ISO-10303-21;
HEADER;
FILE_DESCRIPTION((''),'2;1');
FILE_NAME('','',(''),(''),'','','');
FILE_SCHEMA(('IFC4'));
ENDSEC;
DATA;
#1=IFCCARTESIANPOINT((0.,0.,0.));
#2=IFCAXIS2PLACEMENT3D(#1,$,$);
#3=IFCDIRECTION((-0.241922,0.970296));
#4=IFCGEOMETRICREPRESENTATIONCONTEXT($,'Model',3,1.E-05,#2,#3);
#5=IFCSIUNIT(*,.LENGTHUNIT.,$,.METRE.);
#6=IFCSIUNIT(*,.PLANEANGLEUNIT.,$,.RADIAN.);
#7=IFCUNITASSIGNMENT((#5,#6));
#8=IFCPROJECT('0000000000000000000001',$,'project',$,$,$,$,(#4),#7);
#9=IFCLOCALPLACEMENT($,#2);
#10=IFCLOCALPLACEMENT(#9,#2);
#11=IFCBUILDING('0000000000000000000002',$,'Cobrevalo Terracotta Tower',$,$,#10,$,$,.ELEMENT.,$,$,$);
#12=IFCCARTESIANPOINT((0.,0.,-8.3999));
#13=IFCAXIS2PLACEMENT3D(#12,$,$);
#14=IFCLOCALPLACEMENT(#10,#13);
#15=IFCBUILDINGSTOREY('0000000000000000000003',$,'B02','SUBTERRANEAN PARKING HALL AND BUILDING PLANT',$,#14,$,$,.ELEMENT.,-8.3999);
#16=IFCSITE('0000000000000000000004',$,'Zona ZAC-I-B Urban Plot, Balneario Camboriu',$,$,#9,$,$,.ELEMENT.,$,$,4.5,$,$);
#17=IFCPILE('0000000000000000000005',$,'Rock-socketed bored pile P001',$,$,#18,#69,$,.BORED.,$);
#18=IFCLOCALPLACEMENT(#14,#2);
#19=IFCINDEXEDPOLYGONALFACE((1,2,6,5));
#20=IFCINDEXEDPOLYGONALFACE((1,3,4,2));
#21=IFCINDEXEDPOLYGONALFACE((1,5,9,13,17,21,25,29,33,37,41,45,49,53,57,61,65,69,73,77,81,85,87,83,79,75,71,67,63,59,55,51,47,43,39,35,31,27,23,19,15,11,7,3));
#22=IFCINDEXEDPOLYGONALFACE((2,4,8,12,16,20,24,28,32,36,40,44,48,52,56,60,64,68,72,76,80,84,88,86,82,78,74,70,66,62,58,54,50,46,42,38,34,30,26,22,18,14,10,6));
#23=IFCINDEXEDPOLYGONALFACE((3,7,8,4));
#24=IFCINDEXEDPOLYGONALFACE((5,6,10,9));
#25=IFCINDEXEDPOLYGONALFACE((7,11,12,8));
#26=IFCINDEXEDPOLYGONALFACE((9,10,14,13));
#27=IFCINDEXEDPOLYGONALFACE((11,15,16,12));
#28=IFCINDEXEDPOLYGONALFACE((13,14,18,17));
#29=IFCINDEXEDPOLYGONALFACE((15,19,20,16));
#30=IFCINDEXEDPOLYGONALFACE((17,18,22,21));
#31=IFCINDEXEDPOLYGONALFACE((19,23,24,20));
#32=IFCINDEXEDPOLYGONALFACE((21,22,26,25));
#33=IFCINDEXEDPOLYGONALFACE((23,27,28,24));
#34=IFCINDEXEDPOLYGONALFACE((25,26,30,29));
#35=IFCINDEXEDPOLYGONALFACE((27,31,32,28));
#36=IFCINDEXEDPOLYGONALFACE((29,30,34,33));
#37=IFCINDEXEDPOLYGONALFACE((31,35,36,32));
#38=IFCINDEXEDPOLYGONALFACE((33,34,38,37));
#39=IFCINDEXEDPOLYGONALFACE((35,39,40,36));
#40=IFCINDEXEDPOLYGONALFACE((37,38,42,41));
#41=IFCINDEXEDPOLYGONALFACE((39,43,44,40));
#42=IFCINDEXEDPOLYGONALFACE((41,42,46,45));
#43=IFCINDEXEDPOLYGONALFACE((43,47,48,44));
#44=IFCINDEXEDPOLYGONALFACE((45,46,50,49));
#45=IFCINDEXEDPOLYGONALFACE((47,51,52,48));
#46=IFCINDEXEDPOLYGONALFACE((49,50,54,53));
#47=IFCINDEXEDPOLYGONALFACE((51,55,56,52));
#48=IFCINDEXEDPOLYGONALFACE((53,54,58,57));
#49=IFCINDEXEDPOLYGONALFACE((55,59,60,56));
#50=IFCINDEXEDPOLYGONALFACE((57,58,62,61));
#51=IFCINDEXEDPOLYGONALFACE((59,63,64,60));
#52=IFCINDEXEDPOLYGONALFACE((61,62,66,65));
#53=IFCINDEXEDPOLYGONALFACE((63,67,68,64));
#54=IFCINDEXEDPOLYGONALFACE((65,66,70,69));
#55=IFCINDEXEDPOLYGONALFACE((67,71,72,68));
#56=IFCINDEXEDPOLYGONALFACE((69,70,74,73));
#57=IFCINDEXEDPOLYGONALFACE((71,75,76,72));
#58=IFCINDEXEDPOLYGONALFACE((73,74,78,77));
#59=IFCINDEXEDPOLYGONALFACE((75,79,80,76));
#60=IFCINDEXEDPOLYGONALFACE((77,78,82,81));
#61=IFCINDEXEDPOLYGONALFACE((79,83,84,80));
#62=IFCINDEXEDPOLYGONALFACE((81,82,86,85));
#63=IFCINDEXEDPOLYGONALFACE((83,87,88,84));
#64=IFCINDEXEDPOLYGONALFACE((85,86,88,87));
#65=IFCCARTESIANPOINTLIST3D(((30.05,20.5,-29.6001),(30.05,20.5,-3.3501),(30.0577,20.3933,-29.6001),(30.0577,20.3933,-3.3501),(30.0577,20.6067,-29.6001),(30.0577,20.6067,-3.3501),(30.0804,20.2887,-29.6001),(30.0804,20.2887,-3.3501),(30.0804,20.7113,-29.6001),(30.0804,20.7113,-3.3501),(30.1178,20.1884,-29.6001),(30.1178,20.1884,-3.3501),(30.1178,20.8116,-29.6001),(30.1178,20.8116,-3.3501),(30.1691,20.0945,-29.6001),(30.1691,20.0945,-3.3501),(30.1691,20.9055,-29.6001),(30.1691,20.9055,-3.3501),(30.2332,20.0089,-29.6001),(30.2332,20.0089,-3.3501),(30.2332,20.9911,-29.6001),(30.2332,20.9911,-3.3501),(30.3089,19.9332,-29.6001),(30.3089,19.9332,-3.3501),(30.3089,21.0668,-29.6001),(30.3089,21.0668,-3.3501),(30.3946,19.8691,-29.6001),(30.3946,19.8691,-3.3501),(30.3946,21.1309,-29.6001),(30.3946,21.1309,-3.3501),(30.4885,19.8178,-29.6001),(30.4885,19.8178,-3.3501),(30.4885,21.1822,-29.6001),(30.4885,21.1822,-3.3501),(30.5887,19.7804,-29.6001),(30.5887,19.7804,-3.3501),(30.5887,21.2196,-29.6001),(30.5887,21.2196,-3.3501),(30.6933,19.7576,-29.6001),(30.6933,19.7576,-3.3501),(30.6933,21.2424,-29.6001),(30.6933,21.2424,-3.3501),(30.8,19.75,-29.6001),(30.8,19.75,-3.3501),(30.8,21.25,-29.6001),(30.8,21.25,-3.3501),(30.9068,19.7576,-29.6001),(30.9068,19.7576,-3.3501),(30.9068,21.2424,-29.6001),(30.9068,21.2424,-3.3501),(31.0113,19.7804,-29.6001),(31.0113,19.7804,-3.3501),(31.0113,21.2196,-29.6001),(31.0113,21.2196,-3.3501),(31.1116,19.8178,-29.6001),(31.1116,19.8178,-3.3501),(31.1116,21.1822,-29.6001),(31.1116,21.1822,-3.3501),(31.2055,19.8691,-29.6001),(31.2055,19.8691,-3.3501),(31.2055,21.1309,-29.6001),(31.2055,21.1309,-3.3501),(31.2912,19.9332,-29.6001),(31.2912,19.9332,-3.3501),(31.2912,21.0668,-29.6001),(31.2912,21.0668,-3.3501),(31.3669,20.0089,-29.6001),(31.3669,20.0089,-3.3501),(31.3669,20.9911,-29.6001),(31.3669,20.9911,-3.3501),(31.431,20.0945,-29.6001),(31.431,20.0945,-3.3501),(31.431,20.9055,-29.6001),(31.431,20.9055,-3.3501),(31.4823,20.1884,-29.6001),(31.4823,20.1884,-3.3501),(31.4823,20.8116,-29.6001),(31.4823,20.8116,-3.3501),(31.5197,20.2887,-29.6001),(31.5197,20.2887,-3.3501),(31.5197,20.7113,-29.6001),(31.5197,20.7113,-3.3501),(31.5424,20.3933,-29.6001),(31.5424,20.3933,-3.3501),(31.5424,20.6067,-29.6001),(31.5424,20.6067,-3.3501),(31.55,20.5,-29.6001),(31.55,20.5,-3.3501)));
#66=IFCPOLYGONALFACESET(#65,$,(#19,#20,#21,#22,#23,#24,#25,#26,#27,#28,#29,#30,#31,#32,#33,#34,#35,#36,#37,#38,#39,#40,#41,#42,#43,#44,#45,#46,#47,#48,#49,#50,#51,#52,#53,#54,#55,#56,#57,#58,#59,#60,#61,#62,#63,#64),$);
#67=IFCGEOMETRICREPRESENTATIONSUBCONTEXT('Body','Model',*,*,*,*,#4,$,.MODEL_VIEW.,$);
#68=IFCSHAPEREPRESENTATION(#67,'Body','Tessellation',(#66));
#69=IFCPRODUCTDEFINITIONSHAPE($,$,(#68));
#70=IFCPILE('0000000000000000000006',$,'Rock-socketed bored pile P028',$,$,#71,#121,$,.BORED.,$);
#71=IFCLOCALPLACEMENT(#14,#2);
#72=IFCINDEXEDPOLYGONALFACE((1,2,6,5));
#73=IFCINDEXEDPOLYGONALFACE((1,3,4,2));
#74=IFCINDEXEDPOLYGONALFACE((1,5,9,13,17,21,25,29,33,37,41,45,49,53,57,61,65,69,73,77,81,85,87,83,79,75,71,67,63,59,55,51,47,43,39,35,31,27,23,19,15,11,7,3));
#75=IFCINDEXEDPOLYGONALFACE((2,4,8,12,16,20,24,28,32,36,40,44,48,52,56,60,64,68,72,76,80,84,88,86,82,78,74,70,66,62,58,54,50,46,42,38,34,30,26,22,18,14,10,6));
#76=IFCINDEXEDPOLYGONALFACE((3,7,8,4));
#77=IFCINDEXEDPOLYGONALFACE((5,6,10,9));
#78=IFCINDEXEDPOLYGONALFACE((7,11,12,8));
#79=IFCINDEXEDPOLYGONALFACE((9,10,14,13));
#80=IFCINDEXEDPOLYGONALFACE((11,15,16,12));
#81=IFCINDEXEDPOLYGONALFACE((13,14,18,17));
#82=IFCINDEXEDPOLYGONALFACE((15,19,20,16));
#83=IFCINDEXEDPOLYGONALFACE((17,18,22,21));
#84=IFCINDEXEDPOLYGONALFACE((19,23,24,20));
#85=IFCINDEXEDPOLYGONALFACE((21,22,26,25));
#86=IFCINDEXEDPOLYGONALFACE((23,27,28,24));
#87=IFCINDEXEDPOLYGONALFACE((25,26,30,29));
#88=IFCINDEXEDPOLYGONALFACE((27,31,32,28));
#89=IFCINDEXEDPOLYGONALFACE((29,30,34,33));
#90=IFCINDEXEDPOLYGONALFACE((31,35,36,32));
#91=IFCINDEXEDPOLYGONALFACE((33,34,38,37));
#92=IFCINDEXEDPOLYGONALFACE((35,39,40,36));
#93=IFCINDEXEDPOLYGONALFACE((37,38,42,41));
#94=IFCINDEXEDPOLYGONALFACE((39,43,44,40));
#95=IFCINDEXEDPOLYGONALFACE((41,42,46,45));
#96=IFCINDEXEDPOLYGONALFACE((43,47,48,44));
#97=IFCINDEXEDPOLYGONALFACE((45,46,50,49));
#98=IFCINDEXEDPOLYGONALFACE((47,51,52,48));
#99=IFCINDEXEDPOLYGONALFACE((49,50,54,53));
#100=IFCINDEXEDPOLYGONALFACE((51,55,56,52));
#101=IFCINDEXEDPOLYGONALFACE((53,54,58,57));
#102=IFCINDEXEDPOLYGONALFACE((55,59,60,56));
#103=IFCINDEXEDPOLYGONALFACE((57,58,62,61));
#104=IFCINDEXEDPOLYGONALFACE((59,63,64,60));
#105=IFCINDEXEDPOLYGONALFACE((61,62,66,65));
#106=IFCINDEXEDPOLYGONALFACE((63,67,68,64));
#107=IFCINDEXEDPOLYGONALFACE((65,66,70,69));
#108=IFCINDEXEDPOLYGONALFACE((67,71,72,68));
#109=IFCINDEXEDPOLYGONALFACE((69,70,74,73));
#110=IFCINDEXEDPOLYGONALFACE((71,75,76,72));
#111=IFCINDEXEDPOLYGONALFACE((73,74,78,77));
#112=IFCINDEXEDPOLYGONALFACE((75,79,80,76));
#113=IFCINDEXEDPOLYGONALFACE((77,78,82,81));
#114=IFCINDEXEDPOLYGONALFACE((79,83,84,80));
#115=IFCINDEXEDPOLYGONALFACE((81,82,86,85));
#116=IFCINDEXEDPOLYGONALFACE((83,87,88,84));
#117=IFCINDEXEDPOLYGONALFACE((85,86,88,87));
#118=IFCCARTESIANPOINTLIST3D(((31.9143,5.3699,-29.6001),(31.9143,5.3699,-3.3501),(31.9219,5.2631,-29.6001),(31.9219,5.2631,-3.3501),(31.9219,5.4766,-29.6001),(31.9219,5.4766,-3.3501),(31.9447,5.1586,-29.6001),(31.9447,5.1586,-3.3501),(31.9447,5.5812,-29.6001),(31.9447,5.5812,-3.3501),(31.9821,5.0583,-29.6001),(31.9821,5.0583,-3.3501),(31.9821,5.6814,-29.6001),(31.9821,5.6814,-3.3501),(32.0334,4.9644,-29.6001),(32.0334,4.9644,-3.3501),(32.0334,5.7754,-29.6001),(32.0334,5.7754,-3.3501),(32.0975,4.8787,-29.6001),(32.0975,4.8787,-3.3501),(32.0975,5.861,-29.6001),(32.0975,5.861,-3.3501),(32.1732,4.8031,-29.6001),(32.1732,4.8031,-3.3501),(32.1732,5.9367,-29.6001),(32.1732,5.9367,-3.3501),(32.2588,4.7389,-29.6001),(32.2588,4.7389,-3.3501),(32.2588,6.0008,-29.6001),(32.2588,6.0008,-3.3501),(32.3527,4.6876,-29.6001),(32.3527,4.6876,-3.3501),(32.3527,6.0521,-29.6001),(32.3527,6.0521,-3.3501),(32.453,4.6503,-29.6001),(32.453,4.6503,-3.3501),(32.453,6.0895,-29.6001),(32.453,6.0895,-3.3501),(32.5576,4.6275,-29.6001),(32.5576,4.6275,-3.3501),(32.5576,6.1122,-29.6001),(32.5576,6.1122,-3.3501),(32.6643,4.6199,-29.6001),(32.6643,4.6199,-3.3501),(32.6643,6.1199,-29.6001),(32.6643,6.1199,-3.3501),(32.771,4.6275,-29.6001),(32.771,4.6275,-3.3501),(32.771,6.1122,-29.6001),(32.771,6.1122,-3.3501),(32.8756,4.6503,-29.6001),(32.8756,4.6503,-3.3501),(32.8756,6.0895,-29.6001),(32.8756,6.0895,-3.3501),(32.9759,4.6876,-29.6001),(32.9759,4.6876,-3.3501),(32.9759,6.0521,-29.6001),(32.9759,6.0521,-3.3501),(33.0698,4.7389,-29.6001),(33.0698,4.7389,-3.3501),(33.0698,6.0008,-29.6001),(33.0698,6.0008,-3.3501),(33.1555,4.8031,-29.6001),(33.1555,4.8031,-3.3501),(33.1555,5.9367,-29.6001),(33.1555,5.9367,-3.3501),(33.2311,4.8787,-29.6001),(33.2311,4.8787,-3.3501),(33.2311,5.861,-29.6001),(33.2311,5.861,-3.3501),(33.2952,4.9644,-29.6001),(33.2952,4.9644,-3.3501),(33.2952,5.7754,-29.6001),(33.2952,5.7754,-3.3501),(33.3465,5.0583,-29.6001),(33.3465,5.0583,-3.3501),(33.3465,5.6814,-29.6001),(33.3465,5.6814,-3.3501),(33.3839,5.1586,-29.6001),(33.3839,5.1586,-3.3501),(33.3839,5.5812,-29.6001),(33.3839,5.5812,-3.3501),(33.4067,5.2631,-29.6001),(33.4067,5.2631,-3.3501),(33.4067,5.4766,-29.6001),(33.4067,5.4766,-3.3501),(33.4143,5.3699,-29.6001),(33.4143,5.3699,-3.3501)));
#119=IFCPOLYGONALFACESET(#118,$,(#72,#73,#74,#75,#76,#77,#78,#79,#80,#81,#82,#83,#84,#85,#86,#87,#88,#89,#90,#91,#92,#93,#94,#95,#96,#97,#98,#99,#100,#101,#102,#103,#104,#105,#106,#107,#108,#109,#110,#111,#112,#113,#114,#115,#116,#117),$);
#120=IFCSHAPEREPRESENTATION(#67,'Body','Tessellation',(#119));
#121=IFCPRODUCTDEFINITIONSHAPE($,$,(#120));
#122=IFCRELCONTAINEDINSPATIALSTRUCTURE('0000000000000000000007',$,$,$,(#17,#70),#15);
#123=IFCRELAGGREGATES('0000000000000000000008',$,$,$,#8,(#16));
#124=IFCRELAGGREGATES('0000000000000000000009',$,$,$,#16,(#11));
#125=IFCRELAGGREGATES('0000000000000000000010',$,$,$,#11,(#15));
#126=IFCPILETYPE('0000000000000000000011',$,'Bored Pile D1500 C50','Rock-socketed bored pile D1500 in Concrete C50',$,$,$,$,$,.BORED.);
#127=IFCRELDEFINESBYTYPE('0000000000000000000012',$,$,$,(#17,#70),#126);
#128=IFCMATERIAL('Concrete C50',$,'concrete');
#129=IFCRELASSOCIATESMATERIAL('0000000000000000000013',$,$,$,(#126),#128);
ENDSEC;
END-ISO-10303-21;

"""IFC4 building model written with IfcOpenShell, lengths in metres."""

from ifc_helpers import new_model, si_unit, direction, frame, origin, origin_2d, place, context, subcontext, project, spatial, circle, extrude, material, material_profile, profile_set, type_object, element, save


model = new_model("IFC4")

# Units and contexts
model_context = context("Model", 3, precision=1e-05, world=origin(), true_north=direction((-0.241922, 0.970296)))
body_context = subcontext(model_context, "Body", "Model", "MODEL_VIEW")
ifc_project = project(units=[si_unit("LENGTHUNIT", "METRE"), si_unit("PLANEANGLEUNIT", "RADIAN")], contexts=[model_context])

# Site, building, storey
site_placement = place(None, origin())
site = spatial("IfcSite", under=ifc_project, at=site_placement, Name="Zona ZAC-I-B Urban Plot, Balneario Camboriu", CompositionType="ELEMENT", RefElevation=4.5)
building_placement = place(site_placement, origin())
building = spatial("IfcBuilding", under=site, at=building_placement, Name="Cobrevalo Terracotta Tower", CompositionType="ELEMENT")
storey_placement = place(building_placement, frame((0.0, 0.0, -8.3999)))
storey = spatial("IfcBuildingStorey", under=building, at=storey_placement, Name="B02", Description="SUBTERRANEAN PARKING HALL AND BUILDING PLANT", CompositionType="ELEMENT", Elevation=-8.3999)

# Piles
ifc_material_1 = material(Name="Concrete C50", Category="concrete")
ifc_material_profile_1 = material_profile(ifc_material_1, circle(Radius=0.75, at=origin_2d()), Name="PILE D1500")
ifc_profile_set_1 = profile_set([ifc_material_profile_1], Name="Concrete C50")
pile_type = type_object("IfcPileType", Name="Bored Pile D1500 C50", Description="Rock-socketed bored pile D1500 in Concrete C50", PredefinedType="BORED", material=ifc_profile_set_1)
for number, where, z_axis, x_axis, name in (
    (1, (30.8, 20.5, -3.3501), (0.0, 0.0, -1.0), (1.0, 0.0, 0.0), "Rock-socketed bored pile P001"),
    (2, (32.6643, 5.3699, -3.3501), (0.0, 0.0, -1.0), (1.0, 0.0, 0.0), "Rock-socketed bored pile P028"),
):
    element("IfcPile", number, at=place(storey_placement, frame(where, z_axis=z_axis, x_axis=x_axis)), inside=storey, type_object=pile_type, Name=name, PredefinedType="BORED", context=body_context, shape_type="SweptSolid", body=[
        extrude(circle(Radius=0.75, at=origin_2d()), origin(), (0.0, 0.0, 1.0), 26.25),
    ])

save(model, "model.ifc")
